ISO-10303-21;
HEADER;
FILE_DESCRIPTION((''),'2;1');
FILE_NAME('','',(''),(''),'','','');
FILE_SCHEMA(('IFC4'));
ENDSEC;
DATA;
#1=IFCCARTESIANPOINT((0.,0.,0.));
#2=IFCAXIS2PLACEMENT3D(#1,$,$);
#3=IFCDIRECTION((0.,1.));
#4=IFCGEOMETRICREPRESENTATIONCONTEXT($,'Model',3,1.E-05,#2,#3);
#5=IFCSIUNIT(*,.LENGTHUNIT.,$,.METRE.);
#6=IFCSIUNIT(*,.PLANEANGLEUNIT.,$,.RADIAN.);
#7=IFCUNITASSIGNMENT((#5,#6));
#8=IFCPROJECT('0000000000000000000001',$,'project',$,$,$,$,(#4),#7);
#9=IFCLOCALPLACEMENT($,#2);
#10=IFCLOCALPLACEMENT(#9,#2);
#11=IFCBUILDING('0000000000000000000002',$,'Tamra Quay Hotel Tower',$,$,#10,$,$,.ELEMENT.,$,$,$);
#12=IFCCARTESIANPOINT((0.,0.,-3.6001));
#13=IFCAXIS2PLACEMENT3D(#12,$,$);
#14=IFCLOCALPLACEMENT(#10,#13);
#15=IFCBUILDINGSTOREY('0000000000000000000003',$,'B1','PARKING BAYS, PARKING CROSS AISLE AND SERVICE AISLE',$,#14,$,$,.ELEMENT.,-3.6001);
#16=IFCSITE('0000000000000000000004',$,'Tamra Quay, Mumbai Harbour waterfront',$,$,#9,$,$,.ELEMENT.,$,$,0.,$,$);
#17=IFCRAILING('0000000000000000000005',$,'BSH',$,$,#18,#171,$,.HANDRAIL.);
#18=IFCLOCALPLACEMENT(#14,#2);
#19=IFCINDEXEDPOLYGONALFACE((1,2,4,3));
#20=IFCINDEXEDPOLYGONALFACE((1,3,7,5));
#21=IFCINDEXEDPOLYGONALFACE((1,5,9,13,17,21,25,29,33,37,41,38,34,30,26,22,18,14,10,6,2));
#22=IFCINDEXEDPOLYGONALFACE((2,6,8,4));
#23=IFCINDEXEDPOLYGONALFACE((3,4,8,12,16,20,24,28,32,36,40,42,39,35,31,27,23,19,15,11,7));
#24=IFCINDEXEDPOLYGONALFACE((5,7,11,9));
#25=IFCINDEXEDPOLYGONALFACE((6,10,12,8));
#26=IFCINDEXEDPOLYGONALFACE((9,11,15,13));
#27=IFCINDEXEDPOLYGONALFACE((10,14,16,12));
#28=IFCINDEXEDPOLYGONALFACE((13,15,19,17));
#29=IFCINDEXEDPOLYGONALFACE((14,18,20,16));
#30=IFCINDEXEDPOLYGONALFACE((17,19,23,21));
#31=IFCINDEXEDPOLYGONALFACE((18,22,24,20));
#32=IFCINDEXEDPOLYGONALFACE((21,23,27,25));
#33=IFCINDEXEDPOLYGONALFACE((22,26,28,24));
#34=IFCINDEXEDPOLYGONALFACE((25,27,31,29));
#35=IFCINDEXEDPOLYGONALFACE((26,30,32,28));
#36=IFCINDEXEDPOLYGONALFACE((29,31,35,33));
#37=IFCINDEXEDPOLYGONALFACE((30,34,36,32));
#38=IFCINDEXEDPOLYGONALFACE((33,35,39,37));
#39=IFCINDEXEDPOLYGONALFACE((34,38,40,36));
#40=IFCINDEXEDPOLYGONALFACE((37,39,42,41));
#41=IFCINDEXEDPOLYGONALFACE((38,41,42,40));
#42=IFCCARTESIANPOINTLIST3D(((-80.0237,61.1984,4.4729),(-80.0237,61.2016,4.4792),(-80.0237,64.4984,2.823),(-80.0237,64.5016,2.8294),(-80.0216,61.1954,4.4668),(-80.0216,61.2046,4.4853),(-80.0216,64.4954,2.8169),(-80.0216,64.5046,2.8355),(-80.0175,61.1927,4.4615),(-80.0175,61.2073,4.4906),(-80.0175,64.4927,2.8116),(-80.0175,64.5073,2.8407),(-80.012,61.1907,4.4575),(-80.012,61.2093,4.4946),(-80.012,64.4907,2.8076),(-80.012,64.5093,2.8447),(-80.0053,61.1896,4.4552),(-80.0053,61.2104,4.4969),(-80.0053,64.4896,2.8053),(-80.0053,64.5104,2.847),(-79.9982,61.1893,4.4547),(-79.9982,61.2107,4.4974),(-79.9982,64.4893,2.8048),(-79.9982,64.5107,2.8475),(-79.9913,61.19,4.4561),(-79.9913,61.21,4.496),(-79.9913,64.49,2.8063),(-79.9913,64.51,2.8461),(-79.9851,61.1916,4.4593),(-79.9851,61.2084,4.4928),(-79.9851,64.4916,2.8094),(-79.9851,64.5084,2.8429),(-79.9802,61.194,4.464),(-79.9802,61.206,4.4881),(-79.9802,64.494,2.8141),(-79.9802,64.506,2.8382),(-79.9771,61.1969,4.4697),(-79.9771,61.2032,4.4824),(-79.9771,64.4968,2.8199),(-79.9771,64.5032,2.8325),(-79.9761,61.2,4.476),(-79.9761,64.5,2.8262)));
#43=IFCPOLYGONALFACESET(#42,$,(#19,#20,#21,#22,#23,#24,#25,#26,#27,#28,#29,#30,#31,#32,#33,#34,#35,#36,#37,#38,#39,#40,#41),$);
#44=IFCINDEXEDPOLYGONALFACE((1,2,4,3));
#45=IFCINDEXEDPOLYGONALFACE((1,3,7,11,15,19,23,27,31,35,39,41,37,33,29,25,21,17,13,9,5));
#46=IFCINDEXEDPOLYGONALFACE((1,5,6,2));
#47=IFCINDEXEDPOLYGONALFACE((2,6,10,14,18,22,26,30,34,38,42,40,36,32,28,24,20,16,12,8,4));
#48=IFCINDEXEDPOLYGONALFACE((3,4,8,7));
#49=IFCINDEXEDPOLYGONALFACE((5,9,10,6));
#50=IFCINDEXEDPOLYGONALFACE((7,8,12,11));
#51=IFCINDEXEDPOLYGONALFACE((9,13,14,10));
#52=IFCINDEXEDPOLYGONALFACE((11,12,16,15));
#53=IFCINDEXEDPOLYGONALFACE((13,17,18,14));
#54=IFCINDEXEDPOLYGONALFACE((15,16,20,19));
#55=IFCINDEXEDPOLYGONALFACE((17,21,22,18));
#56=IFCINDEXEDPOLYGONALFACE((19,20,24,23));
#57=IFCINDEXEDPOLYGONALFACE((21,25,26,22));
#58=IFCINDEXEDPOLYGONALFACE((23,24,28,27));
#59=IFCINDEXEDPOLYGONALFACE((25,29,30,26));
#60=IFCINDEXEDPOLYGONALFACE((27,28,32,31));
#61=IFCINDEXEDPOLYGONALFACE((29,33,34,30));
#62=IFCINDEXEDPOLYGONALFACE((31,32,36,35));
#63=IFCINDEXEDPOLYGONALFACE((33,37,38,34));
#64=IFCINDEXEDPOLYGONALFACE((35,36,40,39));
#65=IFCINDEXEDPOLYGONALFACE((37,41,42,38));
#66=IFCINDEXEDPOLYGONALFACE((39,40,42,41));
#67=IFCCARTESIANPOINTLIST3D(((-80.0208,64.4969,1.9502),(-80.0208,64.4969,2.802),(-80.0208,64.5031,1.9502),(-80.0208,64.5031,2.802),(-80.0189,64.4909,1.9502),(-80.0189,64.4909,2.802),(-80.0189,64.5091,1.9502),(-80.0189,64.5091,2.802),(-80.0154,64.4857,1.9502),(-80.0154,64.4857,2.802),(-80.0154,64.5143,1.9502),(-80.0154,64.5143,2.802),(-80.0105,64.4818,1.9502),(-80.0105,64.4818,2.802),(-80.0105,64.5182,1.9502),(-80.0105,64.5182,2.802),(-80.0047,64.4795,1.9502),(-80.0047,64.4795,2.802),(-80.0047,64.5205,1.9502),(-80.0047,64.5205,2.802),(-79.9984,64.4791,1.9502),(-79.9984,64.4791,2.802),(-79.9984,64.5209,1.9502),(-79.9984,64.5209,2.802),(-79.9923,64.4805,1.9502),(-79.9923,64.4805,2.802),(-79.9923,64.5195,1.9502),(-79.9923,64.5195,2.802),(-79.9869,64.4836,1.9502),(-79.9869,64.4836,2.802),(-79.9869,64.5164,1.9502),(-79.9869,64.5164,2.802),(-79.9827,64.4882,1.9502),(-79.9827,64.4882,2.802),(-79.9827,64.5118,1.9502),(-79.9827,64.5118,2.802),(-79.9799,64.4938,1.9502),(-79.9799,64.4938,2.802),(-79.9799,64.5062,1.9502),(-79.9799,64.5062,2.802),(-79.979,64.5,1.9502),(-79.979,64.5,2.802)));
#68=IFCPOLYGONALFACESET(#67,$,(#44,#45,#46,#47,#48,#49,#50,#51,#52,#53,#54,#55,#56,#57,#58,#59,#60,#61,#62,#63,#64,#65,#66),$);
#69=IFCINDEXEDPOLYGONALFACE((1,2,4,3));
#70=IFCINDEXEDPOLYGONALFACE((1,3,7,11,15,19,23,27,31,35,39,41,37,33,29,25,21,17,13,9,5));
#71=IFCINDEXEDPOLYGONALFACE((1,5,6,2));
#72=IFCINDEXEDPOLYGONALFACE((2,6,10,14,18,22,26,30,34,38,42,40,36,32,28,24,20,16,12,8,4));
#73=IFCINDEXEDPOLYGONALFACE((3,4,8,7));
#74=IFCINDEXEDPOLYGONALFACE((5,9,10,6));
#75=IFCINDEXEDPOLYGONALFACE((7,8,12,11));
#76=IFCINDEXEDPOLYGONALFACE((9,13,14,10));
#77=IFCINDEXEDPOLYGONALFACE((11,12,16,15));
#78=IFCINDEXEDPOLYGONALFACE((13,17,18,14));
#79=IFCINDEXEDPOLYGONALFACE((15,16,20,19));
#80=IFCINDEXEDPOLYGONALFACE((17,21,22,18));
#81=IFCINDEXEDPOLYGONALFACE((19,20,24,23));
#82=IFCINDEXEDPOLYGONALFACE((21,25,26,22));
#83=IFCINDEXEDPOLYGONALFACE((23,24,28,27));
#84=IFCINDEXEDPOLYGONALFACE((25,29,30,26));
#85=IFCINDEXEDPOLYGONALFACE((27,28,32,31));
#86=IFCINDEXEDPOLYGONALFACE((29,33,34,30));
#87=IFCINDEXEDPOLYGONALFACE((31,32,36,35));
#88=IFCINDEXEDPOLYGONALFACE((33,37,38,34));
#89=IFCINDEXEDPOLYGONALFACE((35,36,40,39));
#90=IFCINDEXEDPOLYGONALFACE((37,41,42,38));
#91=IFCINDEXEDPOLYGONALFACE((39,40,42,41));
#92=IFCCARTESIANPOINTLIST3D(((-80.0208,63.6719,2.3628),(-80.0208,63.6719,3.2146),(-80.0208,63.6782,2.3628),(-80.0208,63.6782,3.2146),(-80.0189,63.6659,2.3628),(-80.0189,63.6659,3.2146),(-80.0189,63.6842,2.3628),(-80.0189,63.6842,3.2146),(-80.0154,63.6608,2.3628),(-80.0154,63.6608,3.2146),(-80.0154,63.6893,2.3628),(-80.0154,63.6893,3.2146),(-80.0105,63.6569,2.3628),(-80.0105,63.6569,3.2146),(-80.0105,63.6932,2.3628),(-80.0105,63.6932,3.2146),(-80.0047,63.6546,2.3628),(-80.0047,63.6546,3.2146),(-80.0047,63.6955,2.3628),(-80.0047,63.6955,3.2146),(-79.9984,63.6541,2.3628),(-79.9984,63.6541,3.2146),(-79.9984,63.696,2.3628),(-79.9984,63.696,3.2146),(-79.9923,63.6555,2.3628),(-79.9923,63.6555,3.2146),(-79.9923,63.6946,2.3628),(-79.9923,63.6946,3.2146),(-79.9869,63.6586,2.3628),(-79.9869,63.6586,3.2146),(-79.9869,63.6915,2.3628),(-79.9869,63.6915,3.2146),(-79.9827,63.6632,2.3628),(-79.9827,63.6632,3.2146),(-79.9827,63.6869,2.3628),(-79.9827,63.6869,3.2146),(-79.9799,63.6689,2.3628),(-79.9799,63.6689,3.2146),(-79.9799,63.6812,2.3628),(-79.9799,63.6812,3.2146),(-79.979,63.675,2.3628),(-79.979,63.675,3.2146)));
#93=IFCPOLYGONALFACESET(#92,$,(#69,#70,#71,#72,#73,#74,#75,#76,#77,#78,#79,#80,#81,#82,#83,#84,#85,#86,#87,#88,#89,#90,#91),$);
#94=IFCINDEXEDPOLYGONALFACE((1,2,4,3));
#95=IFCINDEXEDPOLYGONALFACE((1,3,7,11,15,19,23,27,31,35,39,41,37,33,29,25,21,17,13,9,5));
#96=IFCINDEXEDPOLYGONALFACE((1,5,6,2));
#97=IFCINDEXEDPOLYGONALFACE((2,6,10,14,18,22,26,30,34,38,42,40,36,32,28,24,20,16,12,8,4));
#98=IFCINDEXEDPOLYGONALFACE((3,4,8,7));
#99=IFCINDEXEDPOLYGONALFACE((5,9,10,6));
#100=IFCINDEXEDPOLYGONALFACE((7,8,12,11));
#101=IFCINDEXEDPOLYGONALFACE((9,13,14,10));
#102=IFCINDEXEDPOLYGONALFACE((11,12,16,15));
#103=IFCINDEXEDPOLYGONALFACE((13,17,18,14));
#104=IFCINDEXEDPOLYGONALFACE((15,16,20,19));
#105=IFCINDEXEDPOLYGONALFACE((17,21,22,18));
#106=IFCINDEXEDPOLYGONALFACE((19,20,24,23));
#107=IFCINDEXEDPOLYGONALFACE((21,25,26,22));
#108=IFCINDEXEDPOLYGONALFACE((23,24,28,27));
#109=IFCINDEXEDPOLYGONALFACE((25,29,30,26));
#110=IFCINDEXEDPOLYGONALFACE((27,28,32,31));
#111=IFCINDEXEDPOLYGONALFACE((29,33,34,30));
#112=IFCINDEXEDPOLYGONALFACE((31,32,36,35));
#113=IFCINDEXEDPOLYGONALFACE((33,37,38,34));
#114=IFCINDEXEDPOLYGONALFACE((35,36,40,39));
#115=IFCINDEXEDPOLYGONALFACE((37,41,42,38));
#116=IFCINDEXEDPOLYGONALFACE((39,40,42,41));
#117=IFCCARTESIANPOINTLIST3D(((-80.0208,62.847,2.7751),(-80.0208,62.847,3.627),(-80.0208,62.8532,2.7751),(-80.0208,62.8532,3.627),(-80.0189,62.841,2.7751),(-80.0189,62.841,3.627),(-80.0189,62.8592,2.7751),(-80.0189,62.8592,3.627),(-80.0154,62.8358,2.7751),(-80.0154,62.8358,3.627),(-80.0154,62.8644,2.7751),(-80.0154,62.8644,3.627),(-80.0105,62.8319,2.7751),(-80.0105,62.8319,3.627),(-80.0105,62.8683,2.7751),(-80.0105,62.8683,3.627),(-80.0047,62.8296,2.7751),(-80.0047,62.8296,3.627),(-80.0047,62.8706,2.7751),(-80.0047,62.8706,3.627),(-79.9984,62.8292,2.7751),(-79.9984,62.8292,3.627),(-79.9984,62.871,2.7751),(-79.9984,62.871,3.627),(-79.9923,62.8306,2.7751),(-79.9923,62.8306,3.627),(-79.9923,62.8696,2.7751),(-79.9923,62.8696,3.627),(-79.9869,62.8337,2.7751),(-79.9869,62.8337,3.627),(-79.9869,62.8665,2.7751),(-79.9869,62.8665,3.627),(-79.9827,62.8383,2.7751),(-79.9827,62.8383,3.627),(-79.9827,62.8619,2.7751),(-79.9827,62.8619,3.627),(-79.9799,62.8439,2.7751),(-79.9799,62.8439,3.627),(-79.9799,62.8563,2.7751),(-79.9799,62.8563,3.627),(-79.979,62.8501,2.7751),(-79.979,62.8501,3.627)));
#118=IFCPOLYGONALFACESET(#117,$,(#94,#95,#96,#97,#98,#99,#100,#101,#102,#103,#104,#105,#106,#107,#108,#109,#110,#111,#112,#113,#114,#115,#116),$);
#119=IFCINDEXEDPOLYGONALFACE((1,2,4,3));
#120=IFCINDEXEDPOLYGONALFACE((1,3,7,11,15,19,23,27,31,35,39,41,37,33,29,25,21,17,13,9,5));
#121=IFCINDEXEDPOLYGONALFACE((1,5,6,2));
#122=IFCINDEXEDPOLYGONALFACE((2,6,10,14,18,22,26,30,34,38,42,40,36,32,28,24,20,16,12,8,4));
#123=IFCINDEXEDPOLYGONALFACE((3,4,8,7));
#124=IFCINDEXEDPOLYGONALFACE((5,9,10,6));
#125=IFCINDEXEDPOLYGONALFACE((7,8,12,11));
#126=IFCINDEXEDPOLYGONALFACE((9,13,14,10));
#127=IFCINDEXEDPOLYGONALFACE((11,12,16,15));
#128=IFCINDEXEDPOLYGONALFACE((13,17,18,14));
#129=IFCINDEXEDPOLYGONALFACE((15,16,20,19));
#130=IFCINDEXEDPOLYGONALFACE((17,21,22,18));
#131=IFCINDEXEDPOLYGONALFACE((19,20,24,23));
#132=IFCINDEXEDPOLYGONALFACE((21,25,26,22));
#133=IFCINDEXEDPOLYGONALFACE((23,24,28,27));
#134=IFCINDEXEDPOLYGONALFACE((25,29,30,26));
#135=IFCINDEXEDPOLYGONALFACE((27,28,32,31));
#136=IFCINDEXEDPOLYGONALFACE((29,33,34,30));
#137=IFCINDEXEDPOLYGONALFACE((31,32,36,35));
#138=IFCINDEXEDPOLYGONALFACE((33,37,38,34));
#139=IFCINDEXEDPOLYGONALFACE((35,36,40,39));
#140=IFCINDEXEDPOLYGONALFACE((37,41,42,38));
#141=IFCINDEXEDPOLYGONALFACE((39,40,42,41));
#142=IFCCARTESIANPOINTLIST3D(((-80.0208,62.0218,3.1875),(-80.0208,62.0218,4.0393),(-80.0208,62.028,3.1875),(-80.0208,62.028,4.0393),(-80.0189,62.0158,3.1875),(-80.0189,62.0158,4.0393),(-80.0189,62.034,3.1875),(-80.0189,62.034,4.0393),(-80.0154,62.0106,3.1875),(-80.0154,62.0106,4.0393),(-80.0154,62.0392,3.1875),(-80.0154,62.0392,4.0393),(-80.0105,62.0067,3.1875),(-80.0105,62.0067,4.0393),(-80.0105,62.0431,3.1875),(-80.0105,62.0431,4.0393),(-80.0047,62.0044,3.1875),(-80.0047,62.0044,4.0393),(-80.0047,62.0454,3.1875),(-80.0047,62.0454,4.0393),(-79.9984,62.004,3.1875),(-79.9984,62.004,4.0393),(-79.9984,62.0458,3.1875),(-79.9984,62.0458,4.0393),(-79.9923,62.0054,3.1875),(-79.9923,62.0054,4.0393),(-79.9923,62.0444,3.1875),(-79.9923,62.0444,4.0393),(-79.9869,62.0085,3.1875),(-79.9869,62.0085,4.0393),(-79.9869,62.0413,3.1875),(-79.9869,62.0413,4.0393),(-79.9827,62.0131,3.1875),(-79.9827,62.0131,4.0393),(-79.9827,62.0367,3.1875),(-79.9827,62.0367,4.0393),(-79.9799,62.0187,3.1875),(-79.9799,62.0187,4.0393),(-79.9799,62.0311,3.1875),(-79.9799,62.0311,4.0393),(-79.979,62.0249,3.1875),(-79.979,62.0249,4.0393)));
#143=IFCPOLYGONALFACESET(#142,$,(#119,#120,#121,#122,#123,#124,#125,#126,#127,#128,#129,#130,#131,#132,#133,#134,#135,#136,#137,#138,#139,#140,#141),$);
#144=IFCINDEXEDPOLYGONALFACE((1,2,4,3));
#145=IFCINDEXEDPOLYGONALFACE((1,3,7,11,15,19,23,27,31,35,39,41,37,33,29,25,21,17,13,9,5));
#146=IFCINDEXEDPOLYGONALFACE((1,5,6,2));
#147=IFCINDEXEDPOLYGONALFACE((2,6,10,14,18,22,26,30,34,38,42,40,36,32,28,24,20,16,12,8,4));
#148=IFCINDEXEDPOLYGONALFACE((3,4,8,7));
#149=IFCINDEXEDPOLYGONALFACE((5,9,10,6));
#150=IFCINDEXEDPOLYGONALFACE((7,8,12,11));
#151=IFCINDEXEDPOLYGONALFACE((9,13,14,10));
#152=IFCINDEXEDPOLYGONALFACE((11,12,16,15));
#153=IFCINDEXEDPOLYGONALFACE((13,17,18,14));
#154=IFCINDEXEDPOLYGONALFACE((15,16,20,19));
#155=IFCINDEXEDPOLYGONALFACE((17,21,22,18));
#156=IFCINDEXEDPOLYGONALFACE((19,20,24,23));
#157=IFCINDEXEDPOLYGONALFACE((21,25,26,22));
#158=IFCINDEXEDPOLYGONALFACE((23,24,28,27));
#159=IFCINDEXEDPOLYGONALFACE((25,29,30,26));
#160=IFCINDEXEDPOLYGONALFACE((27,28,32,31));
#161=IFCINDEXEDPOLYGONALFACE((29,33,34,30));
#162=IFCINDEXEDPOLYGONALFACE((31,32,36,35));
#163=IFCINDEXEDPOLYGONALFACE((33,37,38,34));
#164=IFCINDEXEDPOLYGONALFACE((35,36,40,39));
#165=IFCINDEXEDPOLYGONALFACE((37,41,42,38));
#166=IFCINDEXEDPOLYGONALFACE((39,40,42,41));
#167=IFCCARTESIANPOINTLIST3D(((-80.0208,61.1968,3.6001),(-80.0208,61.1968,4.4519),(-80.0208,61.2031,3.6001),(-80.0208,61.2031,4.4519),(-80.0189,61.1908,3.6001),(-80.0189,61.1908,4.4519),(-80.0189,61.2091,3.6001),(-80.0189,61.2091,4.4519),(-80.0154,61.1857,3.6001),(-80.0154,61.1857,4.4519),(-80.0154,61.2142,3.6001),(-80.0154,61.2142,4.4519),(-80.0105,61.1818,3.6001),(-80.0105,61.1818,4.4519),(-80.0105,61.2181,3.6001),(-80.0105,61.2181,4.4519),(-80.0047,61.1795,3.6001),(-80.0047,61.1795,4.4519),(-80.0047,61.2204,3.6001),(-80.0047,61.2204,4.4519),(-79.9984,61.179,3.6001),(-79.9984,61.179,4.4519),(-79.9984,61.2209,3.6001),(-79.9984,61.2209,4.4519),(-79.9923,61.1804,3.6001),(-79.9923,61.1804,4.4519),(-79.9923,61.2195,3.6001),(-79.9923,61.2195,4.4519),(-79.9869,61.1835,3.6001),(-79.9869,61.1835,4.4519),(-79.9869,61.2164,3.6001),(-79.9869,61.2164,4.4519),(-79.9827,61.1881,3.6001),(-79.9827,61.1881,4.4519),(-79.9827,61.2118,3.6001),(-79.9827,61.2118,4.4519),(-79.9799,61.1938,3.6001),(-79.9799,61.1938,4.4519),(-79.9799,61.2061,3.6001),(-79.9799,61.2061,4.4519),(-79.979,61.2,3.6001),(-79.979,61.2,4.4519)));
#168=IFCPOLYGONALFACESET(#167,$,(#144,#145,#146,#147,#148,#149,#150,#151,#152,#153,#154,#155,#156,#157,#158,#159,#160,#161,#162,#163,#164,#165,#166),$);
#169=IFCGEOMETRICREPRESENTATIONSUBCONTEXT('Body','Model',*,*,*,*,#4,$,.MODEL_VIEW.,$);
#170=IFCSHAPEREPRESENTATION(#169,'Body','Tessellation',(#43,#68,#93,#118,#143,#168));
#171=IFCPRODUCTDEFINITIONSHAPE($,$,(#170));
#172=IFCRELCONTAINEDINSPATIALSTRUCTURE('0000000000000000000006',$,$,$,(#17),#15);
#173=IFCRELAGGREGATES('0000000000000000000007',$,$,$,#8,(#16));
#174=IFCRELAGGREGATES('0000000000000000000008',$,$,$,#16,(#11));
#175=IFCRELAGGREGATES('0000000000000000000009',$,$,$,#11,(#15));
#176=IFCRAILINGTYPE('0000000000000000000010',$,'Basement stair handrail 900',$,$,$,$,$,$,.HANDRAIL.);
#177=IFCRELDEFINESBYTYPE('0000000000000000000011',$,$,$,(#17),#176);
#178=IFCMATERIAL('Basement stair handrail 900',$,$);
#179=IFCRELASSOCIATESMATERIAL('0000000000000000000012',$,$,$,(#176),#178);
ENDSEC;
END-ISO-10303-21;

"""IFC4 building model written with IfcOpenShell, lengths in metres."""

from ifc_helpers import new_model, si_unit, direction, frame, origin, origin_2d, place, context, subcontext, project, spatial, circle, extrude, material, type_object, element, save


model = new_model("IFC4")

# Units and contexts
model_context = context("Model", 3, precision=1e-05, world=origin(), true_north=direction((0.0, 1.0)))
body_context = subcontext(model_context, "Body", "Model", "MODEL_VIEW")
ifc_project = project(units=[si_unit("LENGTHUNIT", "METRE"), si_unit("PLANEANGLEUNIT", "RADIAN")], contexts=[model_context])

# Site, building, storey
site_placement = place(None, origin())
site = spatial("IfcSite", under=ifc_project, at=site_placement, Name="Tamra Quay, Mumbai Harbour waterfront", CompositionType="ELEMENT", RefElevation=0.0)
building_placement = place(site_placement, origin())
building = spatial("IfcBuilding", under=site, at=building_placement, Name="Tamra Quay Hotel Tower", CompositionType="ELEMENT")
storey_placement = place(building_placement, frame((0.0, 0.0, -3.6001)))
storey = spatial("IfcBuildingStorey", under=building, at=storey_placement, Name="B1", Description="PARKING BAYS, PARKING CROSS AISLE AND SERVICE AISLE", CompositionType="ELEMENT", Elevation=-3.6001)

# Railing
ifc_material_1 = material(Name="Basement stair handrail 900")
railing_type_1 = type_object("IfcRailingType", Name="Basement stair handrail 900", PredefinedType="HANDRAIL", material=ifc_material_1)
railing_1_placement = place(storey_placement, frame((-80.0, 64.5, 1.9502)))
element("IfcRailing", 1, at=railing_1_placement, inside=storey, type_object=railing_type_1, Name="BSH", PredefinedType="HANDRAIL", context=body_context, shape_type="SweptSolid", body=[
    extrude(circle(Radius=0.0239, at=origin_2d()), frame((0.0, 0.0, 0.876), z_axis=(0.0, -0.89444, 0.447187), x_axis=(1.0, 0.0, 0.0)), (0.0, 0.0, 1.0), 3.6895),
    extrude(circle(Radius=0.021, at=origin_2d()), origin(), (0.0, 0.0, 1.0), 0.8518),
    extrude(circle(Radius=0.021, at=origin_2d()), frame((0.0, -0.825, 0.4126)), (0.0, 0.0, 1.0), 0.8518),
    extrude(circle(Radius=0.021, at=origin_2d()), frame((0.0, -1.6499, 0.825)), (0.0, 0.0, 1.0), 0.8518),
    extrude(circle(Radius=0.021, at=origin_2d()), frame((0.0, -2.4751, 1.2373)), (0.0, 0.0, 1.0), 0.8518),
    extrude(circle(Radius=0.021, at=origin_2d()), frame((0.0, -3.3, 1.6499)), (0.0, 0.0, 1.0), 0.8518),
])

save(model, "model.ifc")
